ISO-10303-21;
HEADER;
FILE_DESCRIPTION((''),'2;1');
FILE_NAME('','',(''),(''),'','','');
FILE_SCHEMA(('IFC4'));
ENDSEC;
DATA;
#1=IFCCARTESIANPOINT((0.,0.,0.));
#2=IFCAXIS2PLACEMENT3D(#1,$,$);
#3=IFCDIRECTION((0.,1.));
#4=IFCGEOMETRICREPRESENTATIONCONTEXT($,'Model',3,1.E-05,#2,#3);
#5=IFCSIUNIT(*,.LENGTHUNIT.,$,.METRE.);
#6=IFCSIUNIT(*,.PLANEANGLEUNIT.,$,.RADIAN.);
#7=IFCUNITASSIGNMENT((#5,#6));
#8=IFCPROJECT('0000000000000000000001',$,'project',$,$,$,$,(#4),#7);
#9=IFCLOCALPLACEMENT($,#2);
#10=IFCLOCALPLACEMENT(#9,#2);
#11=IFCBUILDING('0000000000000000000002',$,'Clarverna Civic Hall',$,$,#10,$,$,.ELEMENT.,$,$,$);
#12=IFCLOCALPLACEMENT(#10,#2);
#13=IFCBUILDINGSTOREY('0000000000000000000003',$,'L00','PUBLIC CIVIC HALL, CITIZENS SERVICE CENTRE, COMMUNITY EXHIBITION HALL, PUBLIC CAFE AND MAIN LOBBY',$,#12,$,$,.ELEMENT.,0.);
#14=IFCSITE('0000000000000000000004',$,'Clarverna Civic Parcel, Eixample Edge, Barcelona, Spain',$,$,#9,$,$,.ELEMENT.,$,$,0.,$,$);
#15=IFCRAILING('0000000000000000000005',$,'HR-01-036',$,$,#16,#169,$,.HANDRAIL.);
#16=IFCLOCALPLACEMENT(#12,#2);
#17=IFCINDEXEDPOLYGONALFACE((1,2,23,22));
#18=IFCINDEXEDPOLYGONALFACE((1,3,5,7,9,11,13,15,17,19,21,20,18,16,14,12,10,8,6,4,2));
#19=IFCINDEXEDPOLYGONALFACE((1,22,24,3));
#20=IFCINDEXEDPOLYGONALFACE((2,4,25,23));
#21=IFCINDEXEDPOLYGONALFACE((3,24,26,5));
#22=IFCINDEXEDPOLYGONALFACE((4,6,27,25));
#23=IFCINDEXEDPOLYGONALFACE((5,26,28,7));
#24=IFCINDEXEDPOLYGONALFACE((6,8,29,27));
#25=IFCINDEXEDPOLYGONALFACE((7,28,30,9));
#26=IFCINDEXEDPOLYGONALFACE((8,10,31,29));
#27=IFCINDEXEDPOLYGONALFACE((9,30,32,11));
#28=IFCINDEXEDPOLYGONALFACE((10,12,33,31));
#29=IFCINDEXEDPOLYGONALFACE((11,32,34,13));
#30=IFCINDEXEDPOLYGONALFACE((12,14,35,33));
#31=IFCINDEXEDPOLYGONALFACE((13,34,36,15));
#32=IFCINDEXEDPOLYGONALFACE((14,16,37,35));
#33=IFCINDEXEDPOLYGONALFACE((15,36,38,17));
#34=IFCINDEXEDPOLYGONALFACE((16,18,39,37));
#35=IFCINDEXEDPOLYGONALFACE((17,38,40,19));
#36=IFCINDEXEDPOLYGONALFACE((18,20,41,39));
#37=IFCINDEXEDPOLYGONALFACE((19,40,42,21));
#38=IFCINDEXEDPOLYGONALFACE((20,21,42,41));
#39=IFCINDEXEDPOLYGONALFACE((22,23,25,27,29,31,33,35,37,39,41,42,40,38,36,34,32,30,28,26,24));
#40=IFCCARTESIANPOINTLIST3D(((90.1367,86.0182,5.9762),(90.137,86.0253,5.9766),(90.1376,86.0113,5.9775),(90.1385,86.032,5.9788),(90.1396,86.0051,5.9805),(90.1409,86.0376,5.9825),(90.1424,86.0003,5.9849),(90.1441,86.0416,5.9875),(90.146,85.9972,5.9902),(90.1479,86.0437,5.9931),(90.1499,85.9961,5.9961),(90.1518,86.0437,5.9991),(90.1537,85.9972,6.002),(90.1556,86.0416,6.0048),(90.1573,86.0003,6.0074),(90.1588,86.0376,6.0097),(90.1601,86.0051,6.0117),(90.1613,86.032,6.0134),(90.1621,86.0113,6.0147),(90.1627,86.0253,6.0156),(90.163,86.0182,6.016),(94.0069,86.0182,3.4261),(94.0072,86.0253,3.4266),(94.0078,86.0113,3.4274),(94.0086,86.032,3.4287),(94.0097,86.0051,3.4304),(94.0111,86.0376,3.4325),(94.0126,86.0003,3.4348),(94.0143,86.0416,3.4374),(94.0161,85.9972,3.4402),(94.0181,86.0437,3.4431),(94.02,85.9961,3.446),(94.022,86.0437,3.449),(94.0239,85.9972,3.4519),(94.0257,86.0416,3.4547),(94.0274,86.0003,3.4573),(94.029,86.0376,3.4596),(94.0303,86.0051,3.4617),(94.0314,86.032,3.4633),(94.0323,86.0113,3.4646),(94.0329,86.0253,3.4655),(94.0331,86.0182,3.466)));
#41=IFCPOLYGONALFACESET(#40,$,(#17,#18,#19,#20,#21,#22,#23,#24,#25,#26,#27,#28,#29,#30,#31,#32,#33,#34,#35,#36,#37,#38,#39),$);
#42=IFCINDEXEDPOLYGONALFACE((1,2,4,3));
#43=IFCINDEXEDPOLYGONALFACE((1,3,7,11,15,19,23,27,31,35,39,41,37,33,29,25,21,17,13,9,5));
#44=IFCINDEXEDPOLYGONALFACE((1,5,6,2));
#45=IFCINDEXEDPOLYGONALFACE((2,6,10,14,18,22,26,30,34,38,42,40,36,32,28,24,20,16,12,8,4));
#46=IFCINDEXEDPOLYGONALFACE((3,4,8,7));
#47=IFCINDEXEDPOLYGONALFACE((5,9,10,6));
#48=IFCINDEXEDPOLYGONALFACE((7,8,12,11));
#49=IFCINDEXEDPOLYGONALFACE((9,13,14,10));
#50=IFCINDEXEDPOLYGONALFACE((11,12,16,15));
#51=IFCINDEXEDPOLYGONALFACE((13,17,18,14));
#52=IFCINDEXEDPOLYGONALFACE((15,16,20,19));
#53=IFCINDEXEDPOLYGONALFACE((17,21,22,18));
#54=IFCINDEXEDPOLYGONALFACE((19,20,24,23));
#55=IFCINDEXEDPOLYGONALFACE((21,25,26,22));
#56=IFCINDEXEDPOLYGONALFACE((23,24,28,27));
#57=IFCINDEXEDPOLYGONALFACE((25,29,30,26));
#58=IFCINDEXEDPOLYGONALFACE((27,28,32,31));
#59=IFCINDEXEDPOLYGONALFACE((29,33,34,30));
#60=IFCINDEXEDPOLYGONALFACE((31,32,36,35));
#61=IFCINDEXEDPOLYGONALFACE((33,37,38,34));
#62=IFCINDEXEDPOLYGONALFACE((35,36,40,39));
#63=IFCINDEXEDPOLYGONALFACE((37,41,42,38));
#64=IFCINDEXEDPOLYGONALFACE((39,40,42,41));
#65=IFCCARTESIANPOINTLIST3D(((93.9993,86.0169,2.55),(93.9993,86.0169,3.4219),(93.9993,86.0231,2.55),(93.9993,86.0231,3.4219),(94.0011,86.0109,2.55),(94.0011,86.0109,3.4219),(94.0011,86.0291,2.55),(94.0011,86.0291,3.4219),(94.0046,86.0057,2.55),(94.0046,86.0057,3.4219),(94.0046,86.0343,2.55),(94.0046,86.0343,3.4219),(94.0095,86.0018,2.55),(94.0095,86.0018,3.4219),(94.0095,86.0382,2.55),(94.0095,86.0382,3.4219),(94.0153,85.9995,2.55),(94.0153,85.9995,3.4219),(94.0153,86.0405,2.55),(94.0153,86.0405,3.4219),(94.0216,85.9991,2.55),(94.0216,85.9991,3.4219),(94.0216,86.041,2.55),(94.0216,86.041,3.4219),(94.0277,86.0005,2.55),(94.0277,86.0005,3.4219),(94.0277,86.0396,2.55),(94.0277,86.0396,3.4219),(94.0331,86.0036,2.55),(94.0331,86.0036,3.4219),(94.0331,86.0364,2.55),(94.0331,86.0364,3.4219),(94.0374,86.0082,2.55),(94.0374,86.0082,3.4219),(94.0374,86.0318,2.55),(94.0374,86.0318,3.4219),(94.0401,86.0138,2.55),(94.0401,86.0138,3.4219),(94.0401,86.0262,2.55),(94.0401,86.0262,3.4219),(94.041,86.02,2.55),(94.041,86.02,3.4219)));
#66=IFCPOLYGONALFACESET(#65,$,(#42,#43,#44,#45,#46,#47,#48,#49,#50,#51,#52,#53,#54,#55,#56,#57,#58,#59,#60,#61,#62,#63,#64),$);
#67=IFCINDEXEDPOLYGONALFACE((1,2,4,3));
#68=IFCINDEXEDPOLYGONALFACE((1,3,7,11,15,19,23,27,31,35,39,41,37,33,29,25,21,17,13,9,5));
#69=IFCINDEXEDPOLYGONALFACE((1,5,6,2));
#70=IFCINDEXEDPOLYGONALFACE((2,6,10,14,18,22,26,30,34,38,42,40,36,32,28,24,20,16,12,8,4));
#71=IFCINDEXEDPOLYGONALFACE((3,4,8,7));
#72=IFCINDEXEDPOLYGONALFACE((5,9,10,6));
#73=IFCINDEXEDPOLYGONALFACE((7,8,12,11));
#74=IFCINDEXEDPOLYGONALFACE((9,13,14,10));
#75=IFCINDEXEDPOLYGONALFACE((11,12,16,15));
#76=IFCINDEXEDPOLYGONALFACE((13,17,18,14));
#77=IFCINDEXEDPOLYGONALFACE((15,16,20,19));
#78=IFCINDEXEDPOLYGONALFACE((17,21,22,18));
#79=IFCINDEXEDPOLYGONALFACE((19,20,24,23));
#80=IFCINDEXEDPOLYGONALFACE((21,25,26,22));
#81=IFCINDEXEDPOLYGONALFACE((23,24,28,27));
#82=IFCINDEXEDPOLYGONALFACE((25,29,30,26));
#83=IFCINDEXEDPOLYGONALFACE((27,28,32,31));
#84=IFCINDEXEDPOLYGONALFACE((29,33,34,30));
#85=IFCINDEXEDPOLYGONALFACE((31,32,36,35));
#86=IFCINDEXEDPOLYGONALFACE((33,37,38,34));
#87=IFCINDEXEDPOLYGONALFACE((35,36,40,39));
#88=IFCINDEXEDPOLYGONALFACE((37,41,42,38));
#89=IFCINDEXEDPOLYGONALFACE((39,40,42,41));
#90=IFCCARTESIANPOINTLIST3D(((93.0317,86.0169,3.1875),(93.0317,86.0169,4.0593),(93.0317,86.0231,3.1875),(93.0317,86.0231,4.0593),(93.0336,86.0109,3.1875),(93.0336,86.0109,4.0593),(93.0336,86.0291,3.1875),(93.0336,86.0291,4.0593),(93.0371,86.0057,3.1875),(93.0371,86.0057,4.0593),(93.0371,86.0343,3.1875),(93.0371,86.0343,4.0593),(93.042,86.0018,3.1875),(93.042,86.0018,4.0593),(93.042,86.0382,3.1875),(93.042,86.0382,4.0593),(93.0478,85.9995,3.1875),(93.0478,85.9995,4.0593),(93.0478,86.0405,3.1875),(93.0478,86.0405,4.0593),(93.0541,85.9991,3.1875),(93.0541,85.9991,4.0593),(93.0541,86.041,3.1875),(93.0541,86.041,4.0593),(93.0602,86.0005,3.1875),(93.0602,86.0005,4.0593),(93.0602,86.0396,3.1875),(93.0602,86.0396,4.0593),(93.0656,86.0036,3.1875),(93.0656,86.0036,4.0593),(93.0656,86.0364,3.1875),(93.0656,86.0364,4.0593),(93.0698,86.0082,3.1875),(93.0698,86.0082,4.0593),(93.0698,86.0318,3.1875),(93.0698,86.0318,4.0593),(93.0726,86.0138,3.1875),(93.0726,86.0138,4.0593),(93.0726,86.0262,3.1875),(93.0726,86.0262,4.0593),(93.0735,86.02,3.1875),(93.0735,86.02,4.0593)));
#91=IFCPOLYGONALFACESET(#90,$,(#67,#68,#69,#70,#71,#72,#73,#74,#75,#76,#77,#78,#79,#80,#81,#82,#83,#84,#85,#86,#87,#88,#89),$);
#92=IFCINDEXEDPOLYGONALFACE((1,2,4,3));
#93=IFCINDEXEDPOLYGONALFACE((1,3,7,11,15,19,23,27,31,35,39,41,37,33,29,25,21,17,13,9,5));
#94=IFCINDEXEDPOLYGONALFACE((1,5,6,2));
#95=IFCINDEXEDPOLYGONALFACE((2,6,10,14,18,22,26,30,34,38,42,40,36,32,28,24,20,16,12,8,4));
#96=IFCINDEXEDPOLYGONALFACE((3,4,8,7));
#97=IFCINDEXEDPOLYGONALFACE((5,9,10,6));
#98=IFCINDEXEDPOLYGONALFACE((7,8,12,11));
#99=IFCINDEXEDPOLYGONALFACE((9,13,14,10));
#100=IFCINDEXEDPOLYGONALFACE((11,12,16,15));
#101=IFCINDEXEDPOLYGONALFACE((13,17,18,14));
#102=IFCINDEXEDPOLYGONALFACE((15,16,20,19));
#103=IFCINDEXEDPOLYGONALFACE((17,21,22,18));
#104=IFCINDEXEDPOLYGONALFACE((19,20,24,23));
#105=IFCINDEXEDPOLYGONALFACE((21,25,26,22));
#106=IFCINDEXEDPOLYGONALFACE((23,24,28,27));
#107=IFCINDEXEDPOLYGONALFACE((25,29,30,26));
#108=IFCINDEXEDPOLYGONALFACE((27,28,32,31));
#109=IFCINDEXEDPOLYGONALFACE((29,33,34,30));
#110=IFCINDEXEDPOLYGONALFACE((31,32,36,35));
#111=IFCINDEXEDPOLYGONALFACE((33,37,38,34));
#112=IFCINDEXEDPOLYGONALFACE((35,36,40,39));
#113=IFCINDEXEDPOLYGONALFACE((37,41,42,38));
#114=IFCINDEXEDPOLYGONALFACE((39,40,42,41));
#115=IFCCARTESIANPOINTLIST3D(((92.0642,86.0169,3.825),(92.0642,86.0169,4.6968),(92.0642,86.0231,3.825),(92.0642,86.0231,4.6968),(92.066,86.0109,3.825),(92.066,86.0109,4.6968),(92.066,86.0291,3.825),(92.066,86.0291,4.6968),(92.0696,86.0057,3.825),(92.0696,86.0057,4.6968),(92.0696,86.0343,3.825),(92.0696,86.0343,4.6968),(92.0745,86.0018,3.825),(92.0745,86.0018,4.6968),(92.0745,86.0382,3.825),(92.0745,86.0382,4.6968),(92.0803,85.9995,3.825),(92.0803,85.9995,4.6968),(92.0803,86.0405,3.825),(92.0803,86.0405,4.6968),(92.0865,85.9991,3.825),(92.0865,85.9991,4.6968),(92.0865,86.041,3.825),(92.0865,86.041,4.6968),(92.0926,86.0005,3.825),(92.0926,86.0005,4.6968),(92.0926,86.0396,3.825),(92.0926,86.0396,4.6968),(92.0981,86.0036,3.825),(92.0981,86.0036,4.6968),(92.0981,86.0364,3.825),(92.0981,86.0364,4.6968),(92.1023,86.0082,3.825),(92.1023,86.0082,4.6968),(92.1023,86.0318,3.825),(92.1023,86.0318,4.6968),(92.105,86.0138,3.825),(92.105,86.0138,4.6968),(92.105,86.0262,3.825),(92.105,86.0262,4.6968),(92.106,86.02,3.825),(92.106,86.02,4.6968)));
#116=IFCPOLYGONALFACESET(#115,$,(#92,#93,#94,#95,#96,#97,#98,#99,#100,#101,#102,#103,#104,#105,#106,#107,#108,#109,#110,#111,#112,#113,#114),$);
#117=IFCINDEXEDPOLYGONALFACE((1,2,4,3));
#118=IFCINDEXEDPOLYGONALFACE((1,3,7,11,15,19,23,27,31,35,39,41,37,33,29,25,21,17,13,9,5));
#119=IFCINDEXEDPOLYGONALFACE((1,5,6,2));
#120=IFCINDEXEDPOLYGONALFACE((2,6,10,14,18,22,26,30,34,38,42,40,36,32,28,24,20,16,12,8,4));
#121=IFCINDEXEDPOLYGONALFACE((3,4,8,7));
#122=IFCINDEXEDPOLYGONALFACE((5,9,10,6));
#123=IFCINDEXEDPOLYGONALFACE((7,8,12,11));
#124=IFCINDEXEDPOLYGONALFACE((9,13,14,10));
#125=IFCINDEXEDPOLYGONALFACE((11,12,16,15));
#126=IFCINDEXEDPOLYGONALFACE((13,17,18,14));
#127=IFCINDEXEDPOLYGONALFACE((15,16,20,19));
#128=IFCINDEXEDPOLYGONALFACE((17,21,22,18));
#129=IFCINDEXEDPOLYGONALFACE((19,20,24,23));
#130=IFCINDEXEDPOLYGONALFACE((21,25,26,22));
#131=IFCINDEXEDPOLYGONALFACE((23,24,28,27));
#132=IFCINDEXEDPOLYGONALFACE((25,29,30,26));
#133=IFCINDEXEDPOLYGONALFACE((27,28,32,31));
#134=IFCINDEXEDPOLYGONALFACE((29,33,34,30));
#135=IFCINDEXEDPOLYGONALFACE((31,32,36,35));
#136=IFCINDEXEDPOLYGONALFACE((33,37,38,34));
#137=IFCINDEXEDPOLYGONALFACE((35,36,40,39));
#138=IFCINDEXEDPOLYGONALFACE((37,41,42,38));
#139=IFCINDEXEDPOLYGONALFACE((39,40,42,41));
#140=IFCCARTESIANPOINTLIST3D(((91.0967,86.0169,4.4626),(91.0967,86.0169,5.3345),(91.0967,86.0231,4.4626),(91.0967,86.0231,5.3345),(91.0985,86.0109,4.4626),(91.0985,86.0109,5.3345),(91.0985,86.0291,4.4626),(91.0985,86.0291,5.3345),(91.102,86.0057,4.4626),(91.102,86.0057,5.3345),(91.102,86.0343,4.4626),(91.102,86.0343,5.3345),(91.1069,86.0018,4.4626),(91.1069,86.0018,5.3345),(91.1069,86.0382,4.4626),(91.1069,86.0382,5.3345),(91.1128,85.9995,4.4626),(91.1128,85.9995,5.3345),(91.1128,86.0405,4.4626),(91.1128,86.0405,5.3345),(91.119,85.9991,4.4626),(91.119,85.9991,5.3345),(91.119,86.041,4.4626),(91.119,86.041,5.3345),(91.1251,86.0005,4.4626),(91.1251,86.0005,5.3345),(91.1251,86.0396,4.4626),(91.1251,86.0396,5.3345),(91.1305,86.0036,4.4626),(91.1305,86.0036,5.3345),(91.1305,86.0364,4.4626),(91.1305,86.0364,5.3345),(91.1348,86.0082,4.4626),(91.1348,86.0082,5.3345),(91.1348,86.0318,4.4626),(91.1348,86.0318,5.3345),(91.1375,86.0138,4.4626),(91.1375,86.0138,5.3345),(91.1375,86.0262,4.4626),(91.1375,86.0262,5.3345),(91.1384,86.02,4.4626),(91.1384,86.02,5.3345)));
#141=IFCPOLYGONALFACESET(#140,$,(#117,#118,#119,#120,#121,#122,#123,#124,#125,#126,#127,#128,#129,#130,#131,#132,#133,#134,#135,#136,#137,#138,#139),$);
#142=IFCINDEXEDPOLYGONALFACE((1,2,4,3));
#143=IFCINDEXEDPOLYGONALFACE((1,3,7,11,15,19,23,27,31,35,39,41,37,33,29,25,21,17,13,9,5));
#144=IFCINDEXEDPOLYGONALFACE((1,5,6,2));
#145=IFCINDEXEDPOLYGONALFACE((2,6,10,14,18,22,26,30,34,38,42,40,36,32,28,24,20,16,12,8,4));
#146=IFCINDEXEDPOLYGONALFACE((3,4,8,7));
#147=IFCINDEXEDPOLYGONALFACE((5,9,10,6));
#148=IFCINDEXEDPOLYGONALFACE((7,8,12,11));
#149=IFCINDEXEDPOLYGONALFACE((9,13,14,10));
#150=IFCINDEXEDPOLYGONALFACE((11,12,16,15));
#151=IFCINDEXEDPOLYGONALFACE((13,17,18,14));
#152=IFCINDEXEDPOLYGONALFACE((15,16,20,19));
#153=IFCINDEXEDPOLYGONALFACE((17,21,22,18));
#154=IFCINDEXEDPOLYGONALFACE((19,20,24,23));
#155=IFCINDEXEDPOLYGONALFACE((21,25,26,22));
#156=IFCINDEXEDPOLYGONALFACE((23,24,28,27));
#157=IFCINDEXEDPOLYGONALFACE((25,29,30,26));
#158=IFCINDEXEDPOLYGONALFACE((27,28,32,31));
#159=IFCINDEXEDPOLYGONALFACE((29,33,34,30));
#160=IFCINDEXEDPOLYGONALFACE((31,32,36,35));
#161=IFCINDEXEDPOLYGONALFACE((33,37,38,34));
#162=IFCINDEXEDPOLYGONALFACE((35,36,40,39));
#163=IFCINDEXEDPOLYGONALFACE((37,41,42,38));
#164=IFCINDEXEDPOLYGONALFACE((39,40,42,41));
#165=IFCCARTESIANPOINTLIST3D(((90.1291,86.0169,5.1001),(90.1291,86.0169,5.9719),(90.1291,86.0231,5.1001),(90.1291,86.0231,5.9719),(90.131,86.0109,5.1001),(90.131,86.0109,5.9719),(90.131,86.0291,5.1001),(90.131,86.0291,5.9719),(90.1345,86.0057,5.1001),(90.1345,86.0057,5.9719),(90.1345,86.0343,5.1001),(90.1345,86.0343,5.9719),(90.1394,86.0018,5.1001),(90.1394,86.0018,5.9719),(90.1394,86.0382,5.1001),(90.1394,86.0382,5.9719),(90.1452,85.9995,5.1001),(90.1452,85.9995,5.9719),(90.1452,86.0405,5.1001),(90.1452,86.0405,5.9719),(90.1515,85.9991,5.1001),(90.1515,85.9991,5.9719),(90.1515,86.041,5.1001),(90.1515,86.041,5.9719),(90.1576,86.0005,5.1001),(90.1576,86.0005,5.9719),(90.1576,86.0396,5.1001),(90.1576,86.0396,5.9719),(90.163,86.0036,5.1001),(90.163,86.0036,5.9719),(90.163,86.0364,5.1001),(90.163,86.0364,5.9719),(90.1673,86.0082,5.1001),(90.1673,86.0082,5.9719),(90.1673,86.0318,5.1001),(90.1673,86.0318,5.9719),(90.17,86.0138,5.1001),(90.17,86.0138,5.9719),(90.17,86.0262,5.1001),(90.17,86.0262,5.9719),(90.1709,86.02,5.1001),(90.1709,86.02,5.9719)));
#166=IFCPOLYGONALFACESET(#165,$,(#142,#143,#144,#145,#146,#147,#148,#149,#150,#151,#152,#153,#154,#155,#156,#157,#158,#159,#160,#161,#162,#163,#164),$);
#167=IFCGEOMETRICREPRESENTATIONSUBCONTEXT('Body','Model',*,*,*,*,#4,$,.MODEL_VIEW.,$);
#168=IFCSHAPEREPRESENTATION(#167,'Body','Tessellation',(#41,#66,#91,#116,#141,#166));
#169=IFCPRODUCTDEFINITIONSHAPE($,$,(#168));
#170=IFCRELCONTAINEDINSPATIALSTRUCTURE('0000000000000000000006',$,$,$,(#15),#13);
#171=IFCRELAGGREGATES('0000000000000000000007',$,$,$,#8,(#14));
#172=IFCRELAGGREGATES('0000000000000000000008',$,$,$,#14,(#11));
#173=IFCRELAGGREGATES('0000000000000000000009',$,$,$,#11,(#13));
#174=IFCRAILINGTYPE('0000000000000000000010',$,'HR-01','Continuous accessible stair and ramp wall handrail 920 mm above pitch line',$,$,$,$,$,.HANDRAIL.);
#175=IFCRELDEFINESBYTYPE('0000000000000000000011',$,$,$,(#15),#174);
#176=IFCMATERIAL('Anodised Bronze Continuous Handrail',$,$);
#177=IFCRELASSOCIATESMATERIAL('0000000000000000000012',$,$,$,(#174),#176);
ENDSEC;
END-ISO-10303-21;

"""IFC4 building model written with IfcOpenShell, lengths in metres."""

from ifc_helpers import new_model, si_unit, direction, frame, origin, origin_2d, place, context, subcontext, project, spatial, circle, extrude, material, type_object, element, save


model = new_model("IFC4")

# Units and contexts
model_context = context("Model", 3, precision=1e-05, world=origin(), true_north=direction((0.0, 1.0)))
body_context = subcontext(model_context, "Body", "Model", "MODEL_VIEW")
ifc_project = project(units=[si_unit("LENGTHUNIT", "METRE"), si_unit("PLANEANGLEUNIT", "RADIAN")], contexts=[model_context])

# Site, building, storey
site_placement = place(None, origin())
site = spatial("IfcSite", under=ifc_project, at=site_placement, Name="Clarverna Civic Parcel, Eixample Edge, Barcelona, Spain", CompositionType="ELEMENT", RefElevation=0.0)
building_placement = place(site_placement, origin())
building = spatial("IfcBuilding", under=site, at=building_placement, Name="Clarverna Civic Hall", CompositionType="ELEMENT")
storey_placement = place(building_placement, origin())
storey = spatial("IfcBuildingStorey", under=building, at=storey_placement, Name="L00", Description="PUBLIC CIVIC HALL, CITIZENS SERVICE CENTRE, COMMUNITY EXHIBITION HALL, PUBLIC CAFE AND MAIN LOBBY", CompositionType="ELEMENT", Elevation=0.0)

# Railing
ifc_material_1 = material(Name="Anodised Bronze Continuous Handrail")
railing_type_1 = type_object("IfcRailingType", Name="HR-01", Description="Continuous accessible stair and ramp wall handrail 920 mm above pitch line", PredefinedType="HANDRAIL", material=ifc_material_1)
railing_1_placement = place(storey_placement, frame((94.02, 86.02, 2.55)))
element("IfcRailing", 1, at=railing_1_placement, inside=storey, type_object=railing_type_1, Name="HR-01-036", PredefinedType="HANDRAIL", context=body_context, shape_type="SweptSolid", body=[
    extrude(circle(Radius=0.0239, at=origin_2d()), frame((0.0, 0.0, 0.896), z_axis=(-0.835029, 0.0, 0.550207), x_axis=(0.0, -1.0, 0.0)), (0.0, 0.0, 1.0), 4.6348),
    extrude(circle(Radius=0.021, at=origin_2d()), origin(), (0.0, 0.0, 1.0), 0.8718),
    extrude(circle(Radius=0.021, at=origin_2d()), frame((-0.9675, 0.0, 0.6375)), (0.0, 0.0, 1.0), 0.8718),
    extrude(circle(Radius=0.021, at=origin_2d()), frame((-1.9351, 0.0, 1.2749)), (0.0, 0.0, 1.0), 0.8718),
    extrude(circle(Radius=0.021, at=origin_2d()), frame((-2.9026, 0.0, 1.9126)), (0.0, 0.0, 1.0), 0.8718),
    extrude(circle(Radius=0.021, at=origin_2d()), frame((-3.8701, 0.0, 2.55)), (0.0, 0.0, 1.0), 0.8718),
])

save(model, "model.ifc")
